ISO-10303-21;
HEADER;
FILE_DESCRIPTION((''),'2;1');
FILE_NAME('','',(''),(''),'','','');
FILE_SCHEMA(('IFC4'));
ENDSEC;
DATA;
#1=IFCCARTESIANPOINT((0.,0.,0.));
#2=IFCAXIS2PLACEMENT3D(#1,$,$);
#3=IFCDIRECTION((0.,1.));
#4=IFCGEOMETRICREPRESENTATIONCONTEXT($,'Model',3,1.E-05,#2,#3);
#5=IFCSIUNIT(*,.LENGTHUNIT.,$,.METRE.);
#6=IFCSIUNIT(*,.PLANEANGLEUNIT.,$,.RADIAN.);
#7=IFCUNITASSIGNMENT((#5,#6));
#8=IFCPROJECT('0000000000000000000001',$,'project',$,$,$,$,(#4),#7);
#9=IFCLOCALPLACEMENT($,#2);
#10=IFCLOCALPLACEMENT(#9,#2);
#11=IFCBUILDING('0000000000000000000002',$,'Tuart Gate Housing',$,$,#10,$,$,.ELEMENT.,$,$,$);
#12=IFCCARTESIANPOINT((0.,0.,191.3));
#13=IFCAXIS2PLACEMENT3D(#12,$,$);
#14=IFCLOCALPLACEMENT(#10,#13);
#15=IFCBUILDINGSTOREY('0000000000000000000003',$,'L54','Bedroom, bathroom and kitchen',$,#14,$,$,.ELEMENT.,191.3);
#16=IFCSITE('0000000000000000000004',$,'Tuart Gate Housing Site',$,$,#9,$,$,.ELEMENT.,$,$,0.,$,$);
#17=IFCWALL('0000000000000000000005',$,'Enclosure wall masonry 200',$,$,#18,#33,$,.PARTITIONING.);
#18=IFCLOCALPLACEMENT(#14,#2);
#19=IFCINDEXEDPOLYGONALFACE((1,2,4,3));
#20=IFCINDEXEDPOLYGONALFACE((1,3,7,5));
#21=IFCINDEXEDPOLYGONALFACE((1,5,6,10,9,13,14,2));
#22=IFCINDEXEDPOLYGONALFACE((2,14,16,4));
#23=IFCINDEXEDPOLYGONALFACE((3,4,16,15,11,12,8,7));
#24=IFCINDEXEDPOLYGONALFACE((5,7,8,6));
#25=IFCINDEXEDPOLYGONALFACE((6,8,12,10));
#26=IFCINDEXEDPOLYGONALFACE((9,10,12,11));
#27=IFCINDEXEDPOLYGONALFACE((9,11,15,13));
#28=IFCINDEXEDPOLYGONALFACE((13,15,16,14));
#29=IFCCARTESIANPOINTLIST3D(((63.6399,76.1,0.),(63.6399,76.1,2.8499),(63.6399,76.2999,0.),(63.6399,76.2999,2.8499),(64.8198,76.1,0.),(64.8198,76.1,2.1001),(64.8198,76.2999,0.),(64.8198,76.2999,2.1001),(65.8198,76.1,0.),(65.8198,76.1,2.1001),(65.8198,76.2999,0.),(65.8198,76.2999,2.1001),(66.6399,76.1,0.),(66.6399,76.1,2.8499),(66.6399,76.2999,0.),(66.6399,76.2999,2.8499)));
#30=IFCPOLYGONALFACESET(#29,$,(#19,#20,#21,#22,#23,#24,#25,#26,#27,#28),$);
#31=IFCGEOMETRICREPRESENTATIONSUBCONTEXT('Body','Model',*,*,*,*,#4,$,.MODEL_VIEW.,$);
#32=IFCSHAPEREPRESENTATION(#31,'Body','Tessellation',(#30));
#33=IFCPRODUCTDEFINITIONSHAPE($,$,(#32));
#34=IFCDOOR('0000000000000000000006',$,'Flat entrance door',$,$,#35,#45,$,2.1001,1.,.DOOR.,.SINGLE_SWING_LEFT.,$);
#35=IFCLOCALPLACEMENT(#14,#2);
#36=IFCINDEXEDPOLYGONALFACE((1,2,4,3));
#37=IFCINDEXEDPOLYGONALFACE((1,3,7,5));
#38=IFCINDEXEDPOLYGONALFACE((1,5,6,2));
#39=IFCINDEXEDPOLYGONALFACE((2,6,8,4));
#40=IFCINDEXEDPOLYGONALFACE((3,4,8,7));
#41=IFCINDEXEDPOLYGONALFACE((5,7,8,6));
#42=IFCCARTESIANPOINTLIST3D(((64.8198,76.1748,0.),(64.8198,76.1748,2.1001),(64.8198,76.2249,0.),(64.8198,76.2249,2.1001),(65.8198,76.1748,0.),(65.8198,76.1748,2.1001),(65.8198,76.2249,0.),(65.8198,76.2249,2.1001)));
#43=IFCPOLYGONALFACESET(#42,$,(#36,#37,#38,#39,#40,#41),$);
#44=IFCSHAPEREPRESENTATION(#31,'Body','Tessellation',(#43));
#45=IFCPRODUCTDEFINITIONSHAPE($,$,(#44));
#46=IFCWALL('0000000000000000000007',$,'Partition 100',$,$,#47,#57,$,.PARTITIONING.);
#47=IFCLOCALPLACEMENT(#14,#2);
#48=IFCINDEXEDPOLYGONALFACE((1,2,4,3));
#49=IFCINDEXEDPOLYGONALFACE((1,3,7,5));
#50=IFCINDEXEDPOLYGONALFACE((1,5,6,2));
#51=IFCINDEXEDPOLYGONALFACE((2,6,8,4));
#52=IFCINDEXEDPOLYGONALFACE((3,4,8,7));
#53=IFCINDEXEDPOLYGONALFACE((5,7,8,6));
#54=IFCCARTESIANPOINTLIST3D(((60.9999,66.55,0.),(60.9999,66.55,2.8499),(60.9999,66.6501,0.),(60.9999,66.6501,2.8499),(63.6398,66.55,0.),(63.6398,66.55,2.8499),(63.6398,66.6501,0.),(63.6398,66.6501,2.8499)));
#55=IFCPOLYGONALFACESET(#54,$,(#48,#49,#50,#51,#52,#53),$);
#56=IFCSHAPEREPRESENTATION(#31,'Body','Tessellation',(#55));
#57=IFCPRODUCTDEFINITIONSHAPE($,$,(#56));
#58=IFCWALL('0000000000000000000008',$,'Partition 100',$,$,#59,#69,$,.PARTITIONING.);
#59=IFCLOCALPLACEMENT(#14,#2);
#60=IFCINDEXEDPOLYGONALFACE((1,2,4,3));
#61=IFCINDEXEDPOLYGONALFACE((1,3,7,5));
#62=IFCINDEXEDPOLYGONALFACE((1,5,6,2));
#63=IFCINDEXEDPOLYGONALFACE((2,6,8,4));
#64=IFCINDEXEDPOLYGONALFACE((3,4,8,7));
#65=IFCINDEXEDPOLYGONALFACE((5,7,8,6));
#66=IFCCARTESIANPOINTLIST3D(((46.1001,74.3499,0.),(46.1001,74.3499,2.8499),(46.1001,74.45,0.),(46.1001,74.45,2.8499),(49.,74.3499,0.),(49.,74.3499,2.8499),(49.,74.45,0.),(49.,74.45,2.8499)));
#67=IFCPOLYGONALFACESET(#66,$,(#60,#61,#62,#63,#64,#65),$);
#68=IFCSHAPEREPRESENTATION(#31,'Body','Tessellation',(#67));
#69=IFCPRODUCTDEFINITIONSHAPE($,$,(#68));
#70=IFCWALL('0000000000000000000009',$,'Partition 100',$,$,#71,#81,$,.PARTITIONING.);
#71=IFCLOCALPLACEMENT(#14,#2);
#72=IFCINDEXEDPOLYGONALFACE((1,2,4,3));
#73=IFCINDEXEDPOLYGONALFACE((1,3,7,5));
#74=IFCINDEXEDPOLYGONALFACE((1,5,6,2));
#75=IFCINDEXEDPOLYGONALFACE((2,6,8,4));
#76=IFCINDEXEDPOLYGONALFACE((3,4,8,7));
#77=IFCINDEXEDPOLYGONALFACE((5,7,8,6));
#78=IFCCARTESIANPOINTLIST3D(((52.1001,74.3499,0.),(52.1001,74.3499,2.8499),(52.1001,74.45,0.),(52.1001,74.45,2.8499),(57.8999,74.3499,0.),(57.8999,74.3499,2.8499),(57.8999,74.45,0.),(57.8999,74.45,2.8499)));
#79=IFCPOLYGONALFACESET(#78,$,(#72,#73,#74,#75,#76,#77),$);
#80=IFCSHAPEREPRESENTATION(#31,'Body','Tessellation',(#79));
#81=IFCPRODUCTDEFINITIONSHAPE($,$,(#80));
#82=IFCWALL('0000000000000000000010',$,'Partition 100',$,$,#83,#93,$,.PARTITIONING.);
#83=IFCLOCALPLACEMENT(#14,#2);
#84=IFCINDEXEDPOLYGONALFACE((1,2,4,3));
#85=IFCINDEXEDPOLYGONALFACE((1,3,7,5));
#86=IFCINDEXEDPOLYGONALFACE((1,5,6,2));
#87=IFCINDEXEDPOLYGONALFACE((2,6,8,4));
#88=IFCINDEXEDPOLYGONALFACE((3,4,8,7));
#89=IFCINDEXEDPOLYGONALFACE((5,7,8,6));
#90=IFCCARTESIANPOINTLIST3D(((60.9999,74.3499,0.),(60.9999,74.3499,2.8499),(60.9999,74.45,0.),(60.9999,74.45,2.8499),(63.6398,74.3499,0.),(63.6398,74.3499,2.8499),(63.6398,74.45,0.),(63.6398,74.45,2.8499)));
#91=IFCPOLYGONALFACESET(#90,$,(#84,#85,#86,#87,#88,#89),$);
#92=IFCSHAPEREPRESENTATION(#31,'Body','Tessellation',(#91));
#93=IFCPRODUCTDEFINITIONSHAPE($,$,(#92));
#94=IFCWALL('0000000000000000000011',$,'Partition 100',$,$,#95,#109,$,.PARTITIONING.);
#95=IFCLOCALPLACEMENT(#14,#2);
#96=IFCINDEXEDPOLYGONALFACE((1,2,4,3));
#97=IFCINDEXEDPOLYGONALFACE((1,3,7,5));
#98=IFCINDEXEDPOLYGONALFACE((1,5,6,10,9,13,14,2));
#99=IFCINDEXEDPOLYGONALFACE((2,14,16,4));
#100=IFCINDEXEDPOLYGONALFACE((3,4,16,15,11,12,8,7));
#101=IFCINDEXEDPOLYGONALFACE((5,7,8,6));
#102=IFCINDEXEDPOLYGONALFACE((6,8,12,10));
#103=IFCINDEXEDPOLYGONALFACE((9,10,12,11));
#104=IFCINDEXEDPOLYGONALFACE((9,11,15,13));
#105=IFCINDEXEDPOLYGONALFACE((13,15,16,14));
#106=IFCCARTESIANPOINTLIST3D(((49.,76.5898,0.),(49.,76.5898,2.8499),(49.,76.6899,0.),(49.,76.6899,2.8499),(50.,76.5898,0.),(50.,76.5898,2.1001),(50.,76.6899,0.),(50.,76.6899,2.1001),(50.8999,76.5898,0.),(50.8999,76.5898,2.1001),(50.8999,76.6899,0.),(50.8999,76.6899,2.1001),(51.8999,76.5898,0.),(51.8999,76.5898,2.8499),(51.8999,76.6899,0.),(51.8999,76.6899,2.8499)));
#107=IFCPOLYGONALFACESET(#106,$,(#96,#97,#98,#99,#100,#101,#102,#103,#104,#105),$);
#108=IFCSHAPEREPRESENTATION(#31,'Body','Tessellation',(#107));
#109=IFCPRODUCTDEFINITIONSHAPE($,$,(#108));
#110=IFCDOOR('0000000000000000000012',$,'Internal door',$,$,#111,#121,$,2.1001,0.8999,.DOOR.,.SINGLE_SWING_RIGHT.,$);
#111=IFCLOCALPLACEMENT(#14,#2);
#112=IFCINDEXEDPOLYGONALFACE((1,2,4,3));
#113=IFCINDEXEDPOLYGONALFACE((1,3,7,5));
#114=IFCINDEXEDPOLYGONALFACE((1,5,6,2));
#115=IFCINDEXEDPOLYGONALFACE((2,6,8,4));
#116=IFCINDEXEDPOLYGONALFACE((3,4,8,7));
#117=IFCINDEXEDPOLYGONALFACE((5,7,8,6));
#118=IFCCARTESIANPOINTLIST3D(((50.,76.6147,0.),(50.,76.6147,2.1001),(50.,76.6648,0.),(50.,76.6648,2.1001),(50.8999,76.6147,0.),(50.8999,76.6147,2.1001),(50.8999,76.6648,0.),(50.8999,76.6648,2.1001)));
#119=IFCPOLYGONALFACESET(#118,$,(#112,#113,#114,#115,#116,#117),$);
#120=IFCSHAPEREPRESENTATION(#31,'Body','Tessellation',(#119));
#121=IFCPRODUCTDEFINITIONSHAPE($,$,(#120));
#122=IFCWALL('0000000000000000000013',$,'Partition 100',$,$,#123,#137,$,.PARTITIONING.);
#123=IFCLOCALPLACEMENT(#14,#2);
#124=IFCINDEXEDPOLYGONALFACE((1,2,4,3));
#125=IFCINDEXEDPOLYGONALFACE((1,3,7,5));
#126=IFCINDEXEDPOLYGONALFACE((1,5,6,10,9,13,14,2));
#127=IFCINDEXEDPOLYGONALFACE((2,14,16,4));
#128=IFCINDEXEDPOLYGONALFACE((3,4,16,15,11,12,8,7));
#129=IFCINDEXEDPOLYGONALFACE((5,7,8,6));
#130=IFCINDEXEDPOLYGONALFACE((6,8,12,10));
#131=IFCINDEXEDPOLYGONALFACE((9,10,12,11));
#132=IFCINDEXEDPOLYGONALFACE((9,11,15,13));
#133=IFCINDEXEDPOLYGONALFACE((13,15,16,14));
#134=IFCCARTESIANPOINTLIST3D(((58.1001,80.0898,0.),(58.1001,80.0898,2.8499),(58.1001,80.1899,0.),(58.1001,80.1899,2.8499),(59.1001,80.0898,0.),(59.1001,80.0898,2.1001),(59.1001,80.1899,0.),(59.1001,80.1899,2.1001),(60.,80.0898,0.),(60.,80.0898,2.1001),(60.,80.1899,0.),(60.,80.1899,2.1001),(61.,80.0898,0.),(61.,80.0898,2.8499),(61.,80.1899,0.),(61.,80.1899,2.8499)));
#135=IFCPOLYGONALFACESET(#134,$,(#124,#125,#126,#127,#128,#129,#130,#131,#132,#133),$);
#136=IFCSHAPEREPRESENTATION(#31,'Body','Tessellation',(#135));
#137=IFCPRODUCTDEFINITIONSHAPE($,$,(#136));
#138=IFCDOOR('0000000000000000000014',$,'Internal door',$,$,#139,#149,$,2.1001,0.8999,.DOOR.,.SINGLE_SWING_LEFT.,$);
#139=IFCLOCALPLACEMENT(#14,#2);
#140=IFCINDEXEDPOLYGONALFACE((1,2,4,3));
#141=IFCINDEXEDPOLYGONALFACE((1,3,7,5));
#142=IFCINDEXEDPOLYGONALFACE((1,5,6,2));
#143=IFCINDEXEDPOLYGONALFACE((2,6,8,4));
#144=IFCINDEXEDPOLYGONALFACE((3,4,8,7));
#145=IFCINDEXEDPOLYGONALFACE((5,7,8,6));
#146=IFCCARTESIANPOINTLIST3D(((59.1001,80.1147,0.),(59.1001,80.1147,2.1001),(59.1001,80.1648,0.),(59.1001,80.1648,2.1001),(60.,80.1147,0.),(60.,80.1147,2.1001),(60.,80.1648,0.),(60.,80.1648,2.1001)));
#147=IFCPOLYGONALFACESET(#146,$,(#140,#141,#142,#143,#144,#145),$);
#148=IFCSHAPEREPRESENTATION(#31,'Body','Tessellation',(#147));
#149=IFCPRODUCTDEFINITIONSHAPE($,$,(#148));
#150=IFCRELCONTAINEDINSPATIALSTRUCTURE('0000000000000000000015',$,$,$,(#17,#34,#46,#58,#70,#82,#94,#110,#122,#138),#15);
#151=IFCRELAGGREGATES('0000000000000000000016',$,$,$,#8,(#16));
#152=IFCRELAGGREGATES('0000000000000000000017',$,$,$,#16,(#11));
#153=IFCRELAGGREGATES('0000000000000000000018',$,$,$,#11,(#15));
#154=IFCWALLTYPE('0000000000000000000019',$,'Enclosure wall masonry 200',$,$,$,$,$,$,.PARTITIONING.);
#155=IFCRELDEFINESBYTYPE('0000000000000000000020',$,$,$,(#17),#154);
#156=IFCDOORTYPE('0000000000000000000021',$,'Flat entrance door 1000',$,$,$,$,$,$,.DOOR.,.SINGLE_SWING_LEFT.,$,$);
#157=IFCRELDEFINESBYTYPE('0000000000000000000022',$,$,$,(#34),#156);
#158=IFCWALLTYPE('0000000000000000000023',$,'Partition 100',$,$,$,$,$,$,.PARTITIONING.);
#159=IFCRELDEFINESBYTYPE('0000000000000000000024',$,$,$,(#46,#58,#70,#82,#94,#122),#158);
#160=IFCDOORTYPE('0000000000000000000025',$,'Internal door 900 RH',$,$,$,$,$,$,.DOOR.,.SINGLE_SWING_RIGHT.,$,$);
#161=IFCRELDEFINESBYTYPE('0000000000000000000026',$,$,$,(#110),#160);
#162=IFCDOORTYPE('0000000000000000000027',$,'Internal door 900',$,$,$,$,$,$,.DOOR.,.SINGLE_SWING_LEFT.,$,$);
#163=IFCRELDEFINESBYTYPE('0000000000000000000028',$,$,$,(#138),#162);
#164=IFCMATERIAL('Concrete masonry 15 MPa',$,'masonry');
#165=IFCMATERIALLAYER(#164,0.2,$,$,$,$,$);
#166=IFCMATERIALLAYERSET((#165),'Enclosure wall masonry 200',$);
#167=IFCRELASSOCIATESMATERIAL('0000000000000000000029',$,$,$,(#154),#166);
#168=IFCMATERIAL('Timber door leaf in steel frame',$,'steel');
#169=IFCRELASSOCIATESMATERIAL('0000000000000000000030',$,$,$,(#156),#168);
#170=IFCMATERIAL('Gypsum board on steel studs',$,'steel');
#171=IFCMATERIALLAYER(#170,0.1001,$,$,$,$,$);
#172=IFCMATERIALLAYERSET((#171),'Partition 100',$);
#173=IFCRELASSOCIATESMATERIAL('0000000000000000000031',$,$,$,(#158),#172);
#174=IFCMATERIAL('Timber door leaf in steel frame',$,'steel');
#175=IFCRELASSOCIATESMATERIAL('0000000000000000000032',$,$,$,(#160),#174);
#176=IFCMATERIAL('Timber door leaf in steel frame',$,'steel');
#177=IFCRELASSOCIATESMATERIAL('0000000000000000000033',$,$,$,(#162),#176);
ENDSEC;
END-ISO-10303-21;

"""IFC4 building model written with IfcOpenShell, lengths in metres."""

from ifc_helpers import new_model, si_unit, direction, frame, frame_2d, origin, place, context, subcontext, project, spatial, rectangle, extrude, material, layer, layer_set, type_object, element, fill, save


model = new_model("IFC4")

# Units and contexts
model_context = context("Model", 3, precision=1e-05, world=origin(), true_north=direction((0.0, 1.0)))
body_context = subcontext(model_context, "Body", "Model", "MODEL_VIEW")
ifc_project = project(units=[si_unit("LENGTHUNIT", "METRE"), si_unit("PLANEANGLEUNIT", "RADIAN")], contexts=[model_context])

# Site, building, storey
site_placement = place(None, origin())
site = spatial("IfcSite", under=ifc_project, at=site_placement, Name="Tuart Gate Housing Site", CompositionType="ELEMENT", RefElevation=0.0)
building_placement = place(site_placement, origin())
building = spatial("IfcBuilding", under=site, at=building_placement, Name="Tuart Gate Housing", CompositionType="ELEMENT")
storey_placement = place(building_placement, frame((0.0, 0.0, 191.3)))
storey = spatial("IfcBuildingStorey", under=building, at=storey_placement, Name="L54", Description="Bedroom, bathroom and kitchen", CompositionType="ELEMENT", Elevation=191.3)

# Wall, opening, door
ifc_material_1 = material(Name="Concrete masonry 15 MPa", Category="masonry")
ifc_layer_1 = layer(ifc_material_1, 0.2)
ifc_layer_set_1 = layer_set([ifc_layer_1], Name="Enclosure wall masonry 200")
wall_type_1 = type_object("IfcWallType", Name="Enclosure wall masonry 200", PredefinedType="PARTITIONING", material=ifc_layer_set_1)
wall_1_placement = place(storey_placement, frame((63.6399, 76.2, 0.0), z_axis=(0.0, 0.0, 1.0), x_axis=(1.0, 0.0, 0.0)))
wall_1 = element("IfcWall", 1, at=wall_1_placement, inside=storey, type_object=wall_type_1, Name="Enclosure wall masonry 200", PredefinedType="PARTITIONING", context=body_context, shape_type="SweptSolid", body=[
    extrude(rectangle(XDim=3.0, YDim=0.2, at=frame_2d((1.5, 0.0))), origin(), (0.0, 0.0, 1.0), 2.8499),
])
opening_1_placement = place(wall_1_placement, frame((1.1799, 0.0, 0.0)))
opening_1 = element("IfcOpeningElement", 2, at=opening_1_placement, cuts=wall_1, PredefinedType="OPENING", context=body_context, shape_type="SweptSolid", body=[
    extrude(rectangle(XDim=1.0, YDim=2.1001, at=frame_2d((0.5, 1.05))), frame((0.0, 0.1099, 0.0), z_axis=(0.0, -1.0, 0.0), x_axis=(1.0, 0.0, 0.0)), (0.0, 0.0, 1.0), 0.22),
])
ifc_material_2 = material(Name="Timber door leaf in steel frame", Category="steel")
door_type_1 = type_object("IfcDoorType", Name="Flat entrance door 1000", OperationType="SINGLE_SWING_LEFT", PredefinedType="DOOR", material=ifc_material_2)
door_1_placement = place(opening_1_placement, origin())
door_1 = element("IfcDoor", 3, at=door_1_placement, inside=storey, type_object=door_type_1, Name="Flat entrance door", OperationType="SINGLE_SWING_LEFT", OverallHeight=2.1001, OverallWidth=1.0, PredefinedType="DOOR", context=body_context, shape_type="SweptSolid", body=[
    extrude(rectangle(XDim=1.0, YDim=2.1001, at=frame_2d((0.5, 1.05))), frame((0.0, 0.0249, 0.0), z_axis=(0.0, -1.0, 0.0), x_axis=(1.0, 0.0, 0.0)), (0.0, 0.0, 1.0), 0.05),
])
fill(opening_1, door_1)

# Walls
ifc_material_3 = material(Name="Gypsum board on steel studs", Category="steel")
ifc_layer_2 = layer(ifc_material_3, 0.1001)
ifc_layer_set_2 = layer_set([ifc_layer_2], Name="Partition 100")
wall_type_2 = type_object("IfcWallType", Name="Partition 100", PredefinedType="PARTITIONING", material=ifc_layer_set_2)
wall_2_placement = place(storey_placement, frame((61.0, 66.6001, 0.0), z_axis=(0.0, 0.0, 1.0), x_axis=(1.0, 0.0, 0.0)))
element("IfcWall", 4, at=wall_2_placement, inside=storey, type_object=wall_type_2, Name="Partition 100", PredefinedType="PARTITIONING", context=body_context, shape_type="SweptSolid", body=[
    extrude(rectangle(XDim=2.6399, YDim=0.1001, at=frame_2d((1.3198, 0.0))), origin(), (0.0, 0.0, 1.0), 2.8499),
])
wall_3_placement = place(storey_placement, frame((46.1001, 74.3999, 0.0), z_axis=(0.0, 0.0, 1.0), x_axis=(1.0, 0.0, 0.0)))
element("IfcWall", 5, at=wall_3_placement, inside=storey, type_object=wall_type_2, Name="Partition 100", PredefinedType="PARTITIONING", context=body_context, shape_type="SweptSolid", body=[
    extrude(rectangle(XDim=2.8999, YDim=0.1001, at=frame_2d((1.45, 0.0))), origin(), (0.0, 0.0, 1.0), 2.8499),
])
wall_4_placement = place(storey_placement, frame((52.1001, 74.3999, 0.0), z_axis=(0.0, 0.0, 1.0), x_axis=(1.0, 0.0, 0.0)))
element("IfcWall", 6, at=wall_4_placement, inside=storey, type_object=wall_type_2, Name="Partition 100", PredefinedType="PARTITIONING", context=body_context, shape_type="SweptSolid", body=[
    extrude(rectangle(XDim=5.7998, YDim=0.1001, at=frame_2d((2.8999, 0.0))), origin(), (0.0, 0.0, 1.0), 2.8499),
])
wall_5_placement = place(storey_placement, frame((61.0, 74.3999, 0.0), z_axis=(0.0, 0.0, 1.0), x_axis=(1.0, 0.0, 0.0)))
element("IfcWall", 7, at=wall_5_placement, inside=storey, type_object=wall_type_2, Name="Partition 100", PredefinedType="PARTITIONING", context=body_context, shape_type="SweptSolid", body=[
    extrude(rectangle(XDim=2.6399, YDim=0.1001, at=frame_2d((1.3198, 0.0))), origin(), (0.0, 0.0, 1.0), 2.8499),
])

# Walls, openings, doors
wall_6_placement = place(storey_placement, frame((49.0, 76.6399, 0.0), z_axis=(0.0, 0.0, 1.0), x_axis=(1.0, 0.0, 0.0)))
wall_6 = element("IfcWall", 8, at=wall_6_placement, inside=storey, type_object=wall_type_2, Name="Partition 100", PredefinedType="PARTITIONING", context=body_context, shape_type="SweptSolid", body=[
    extrude(rectangle(XDim=2.8999, YDim=0.1001, at=frame_2d((1.45, 0.0))), origin(), (0.0, 0.0, 1.0), 2.8499),
])
opening_2_placement = place(wall_6_placement, frame((1.0, 0.0, 0.0)))
opening_2 = element("IfcOpeningElement", 9, at=opening_2_placement, cuts=wall_6, PredefinedType="OPENING", context=body_context, shape_type="SweptSolid", body=[
    extrude(rectangle(XDim=0.8999, YDim=2.1001, at=frame_2d((0.45, 1.05))), frame((0.0, 0.0601, 0.0), z_axis=(0.0, -1.0, 0.0), x_axis=(1.0, 0.0, 0.0)), (0.0, 0.0, 1.0), 0.1201),
])
ifc_material_4 = material(Name="Timber door leaf in steel frame", Category="steel")
door_type_2 = type_object("IfcDoorType", Name="Internal door 900 RH", OperationType="SINGLE_SWING_RIGHT", PredefinedType="DOOR", material=ifc_material_4)
door_2_placement = place(opening_2_placement, frame((0.8999, 0.0, 0.0), z_axis=(0.0, 0.0, 1.0), x_axis=(-1.0, 0.0, 0.0)))
door_2 = element("IfcDoor", 10, at=door_2_placement, inside=storey, type_object=door_type_2, Name="Internal door", OperationType="SINGLE_SWING_RIGHT", OverallHeight=2.1001, OverallWidth=0.8999, PredefinedType="DOOR", context=body_context, shape_type="SweptSolid", body=[
    extrude(rectangle(XDim=0.8999, YDim=2.1001, at=frame_2d((0.45, 1.05))), frame((0.0, 0.0251, 0.0), z_axis=(0.0, -1.0, 0.0), x_axis=(1.0, 0.0, 0.0)), (0.0, 0.0, 1.0), 0.05),
])
fill(opening_2, door_2)
wall_7_placement = place(storey_placement, frame((58.1001, 80.1399, 0.0), z_axis=(0.0, 0.0, 1.0), x_axis=(1.0, 0.0, 0.0)))
wall_7 = element("IfcWall", 11, at=wall_7_placement, inside=storey, type_object=wall_type_2, Name="Partition 100", PredefinedType="PARTITIONING", context=body_context, shape_type="SweptSolid", body=[
    extrude(rectangle(XDim=2.8999, YDim=0.1001, at=frame_2d((1.45, 0.0))), origin(), (0.0, 0.0, 1.0), 2.8499),
])
opening_3_placement = place(wall_7_placement, frame((1.0, 0.0, 0.0)))
opening_3 = element("IfcOpeningElement", 12, at=opening_3_placement, cuts=wall_7, PredefinedType="OPENING", context=body_context, shape_type="SweptSolid", body=[
    extrude(rectangle(XDim=0.8999, YDim=2.1001, at=frame_2d((0.45, 1.05))), frame((0.0, 0.0601, 0.0), z_axis=(0.0, -1.0, 0.0), x_axis=(1.0, 0.0, 0.0)), (0.0, 0.0, 1.0), 0.1201),
])
ifc_material_5 = material(Name="Timber door leaf in steel frame", Category="steel")
door_type_3 = type_object("IfcDoorType", Name="Internal door 900", OperationType="SINGLE_SWING_LEFT", PredefinedType="DOOR", material=ifc_material_5)
door_3_placement = place(opening_3_placement, frame((0.8999, 0.0, 0.0), z_axis=(0.0, 0.0, 1.0), x_axis=(-1.0, 0.0, 0.0)))
door_3 = element("IfcDoor", 13, at=door_3_placement, inside=storey, type_object=door_type_3, Name="Internal door", OperationType="SINGLE_SWING_LEFT", OverallHeight=2.1001, OverallWidth=0.8999, PredefinedType="DOOR", context=body_context, shape_type="SweptSolid", body=[
    extrude(rectangle(XDim=0.8999, YDim=2.1001, at=frame_2d((0.45, 1.05))), frame((0.0, 0.0251, 0.0), z_axis=(0.0, -1.0, 0.0), x_axis=(1.0, 0.0, 0.0)), (0.0, 0.0, 1.0), 0.05),
])
fill(opening_3, door_3)

save(model, "model.ifc")
